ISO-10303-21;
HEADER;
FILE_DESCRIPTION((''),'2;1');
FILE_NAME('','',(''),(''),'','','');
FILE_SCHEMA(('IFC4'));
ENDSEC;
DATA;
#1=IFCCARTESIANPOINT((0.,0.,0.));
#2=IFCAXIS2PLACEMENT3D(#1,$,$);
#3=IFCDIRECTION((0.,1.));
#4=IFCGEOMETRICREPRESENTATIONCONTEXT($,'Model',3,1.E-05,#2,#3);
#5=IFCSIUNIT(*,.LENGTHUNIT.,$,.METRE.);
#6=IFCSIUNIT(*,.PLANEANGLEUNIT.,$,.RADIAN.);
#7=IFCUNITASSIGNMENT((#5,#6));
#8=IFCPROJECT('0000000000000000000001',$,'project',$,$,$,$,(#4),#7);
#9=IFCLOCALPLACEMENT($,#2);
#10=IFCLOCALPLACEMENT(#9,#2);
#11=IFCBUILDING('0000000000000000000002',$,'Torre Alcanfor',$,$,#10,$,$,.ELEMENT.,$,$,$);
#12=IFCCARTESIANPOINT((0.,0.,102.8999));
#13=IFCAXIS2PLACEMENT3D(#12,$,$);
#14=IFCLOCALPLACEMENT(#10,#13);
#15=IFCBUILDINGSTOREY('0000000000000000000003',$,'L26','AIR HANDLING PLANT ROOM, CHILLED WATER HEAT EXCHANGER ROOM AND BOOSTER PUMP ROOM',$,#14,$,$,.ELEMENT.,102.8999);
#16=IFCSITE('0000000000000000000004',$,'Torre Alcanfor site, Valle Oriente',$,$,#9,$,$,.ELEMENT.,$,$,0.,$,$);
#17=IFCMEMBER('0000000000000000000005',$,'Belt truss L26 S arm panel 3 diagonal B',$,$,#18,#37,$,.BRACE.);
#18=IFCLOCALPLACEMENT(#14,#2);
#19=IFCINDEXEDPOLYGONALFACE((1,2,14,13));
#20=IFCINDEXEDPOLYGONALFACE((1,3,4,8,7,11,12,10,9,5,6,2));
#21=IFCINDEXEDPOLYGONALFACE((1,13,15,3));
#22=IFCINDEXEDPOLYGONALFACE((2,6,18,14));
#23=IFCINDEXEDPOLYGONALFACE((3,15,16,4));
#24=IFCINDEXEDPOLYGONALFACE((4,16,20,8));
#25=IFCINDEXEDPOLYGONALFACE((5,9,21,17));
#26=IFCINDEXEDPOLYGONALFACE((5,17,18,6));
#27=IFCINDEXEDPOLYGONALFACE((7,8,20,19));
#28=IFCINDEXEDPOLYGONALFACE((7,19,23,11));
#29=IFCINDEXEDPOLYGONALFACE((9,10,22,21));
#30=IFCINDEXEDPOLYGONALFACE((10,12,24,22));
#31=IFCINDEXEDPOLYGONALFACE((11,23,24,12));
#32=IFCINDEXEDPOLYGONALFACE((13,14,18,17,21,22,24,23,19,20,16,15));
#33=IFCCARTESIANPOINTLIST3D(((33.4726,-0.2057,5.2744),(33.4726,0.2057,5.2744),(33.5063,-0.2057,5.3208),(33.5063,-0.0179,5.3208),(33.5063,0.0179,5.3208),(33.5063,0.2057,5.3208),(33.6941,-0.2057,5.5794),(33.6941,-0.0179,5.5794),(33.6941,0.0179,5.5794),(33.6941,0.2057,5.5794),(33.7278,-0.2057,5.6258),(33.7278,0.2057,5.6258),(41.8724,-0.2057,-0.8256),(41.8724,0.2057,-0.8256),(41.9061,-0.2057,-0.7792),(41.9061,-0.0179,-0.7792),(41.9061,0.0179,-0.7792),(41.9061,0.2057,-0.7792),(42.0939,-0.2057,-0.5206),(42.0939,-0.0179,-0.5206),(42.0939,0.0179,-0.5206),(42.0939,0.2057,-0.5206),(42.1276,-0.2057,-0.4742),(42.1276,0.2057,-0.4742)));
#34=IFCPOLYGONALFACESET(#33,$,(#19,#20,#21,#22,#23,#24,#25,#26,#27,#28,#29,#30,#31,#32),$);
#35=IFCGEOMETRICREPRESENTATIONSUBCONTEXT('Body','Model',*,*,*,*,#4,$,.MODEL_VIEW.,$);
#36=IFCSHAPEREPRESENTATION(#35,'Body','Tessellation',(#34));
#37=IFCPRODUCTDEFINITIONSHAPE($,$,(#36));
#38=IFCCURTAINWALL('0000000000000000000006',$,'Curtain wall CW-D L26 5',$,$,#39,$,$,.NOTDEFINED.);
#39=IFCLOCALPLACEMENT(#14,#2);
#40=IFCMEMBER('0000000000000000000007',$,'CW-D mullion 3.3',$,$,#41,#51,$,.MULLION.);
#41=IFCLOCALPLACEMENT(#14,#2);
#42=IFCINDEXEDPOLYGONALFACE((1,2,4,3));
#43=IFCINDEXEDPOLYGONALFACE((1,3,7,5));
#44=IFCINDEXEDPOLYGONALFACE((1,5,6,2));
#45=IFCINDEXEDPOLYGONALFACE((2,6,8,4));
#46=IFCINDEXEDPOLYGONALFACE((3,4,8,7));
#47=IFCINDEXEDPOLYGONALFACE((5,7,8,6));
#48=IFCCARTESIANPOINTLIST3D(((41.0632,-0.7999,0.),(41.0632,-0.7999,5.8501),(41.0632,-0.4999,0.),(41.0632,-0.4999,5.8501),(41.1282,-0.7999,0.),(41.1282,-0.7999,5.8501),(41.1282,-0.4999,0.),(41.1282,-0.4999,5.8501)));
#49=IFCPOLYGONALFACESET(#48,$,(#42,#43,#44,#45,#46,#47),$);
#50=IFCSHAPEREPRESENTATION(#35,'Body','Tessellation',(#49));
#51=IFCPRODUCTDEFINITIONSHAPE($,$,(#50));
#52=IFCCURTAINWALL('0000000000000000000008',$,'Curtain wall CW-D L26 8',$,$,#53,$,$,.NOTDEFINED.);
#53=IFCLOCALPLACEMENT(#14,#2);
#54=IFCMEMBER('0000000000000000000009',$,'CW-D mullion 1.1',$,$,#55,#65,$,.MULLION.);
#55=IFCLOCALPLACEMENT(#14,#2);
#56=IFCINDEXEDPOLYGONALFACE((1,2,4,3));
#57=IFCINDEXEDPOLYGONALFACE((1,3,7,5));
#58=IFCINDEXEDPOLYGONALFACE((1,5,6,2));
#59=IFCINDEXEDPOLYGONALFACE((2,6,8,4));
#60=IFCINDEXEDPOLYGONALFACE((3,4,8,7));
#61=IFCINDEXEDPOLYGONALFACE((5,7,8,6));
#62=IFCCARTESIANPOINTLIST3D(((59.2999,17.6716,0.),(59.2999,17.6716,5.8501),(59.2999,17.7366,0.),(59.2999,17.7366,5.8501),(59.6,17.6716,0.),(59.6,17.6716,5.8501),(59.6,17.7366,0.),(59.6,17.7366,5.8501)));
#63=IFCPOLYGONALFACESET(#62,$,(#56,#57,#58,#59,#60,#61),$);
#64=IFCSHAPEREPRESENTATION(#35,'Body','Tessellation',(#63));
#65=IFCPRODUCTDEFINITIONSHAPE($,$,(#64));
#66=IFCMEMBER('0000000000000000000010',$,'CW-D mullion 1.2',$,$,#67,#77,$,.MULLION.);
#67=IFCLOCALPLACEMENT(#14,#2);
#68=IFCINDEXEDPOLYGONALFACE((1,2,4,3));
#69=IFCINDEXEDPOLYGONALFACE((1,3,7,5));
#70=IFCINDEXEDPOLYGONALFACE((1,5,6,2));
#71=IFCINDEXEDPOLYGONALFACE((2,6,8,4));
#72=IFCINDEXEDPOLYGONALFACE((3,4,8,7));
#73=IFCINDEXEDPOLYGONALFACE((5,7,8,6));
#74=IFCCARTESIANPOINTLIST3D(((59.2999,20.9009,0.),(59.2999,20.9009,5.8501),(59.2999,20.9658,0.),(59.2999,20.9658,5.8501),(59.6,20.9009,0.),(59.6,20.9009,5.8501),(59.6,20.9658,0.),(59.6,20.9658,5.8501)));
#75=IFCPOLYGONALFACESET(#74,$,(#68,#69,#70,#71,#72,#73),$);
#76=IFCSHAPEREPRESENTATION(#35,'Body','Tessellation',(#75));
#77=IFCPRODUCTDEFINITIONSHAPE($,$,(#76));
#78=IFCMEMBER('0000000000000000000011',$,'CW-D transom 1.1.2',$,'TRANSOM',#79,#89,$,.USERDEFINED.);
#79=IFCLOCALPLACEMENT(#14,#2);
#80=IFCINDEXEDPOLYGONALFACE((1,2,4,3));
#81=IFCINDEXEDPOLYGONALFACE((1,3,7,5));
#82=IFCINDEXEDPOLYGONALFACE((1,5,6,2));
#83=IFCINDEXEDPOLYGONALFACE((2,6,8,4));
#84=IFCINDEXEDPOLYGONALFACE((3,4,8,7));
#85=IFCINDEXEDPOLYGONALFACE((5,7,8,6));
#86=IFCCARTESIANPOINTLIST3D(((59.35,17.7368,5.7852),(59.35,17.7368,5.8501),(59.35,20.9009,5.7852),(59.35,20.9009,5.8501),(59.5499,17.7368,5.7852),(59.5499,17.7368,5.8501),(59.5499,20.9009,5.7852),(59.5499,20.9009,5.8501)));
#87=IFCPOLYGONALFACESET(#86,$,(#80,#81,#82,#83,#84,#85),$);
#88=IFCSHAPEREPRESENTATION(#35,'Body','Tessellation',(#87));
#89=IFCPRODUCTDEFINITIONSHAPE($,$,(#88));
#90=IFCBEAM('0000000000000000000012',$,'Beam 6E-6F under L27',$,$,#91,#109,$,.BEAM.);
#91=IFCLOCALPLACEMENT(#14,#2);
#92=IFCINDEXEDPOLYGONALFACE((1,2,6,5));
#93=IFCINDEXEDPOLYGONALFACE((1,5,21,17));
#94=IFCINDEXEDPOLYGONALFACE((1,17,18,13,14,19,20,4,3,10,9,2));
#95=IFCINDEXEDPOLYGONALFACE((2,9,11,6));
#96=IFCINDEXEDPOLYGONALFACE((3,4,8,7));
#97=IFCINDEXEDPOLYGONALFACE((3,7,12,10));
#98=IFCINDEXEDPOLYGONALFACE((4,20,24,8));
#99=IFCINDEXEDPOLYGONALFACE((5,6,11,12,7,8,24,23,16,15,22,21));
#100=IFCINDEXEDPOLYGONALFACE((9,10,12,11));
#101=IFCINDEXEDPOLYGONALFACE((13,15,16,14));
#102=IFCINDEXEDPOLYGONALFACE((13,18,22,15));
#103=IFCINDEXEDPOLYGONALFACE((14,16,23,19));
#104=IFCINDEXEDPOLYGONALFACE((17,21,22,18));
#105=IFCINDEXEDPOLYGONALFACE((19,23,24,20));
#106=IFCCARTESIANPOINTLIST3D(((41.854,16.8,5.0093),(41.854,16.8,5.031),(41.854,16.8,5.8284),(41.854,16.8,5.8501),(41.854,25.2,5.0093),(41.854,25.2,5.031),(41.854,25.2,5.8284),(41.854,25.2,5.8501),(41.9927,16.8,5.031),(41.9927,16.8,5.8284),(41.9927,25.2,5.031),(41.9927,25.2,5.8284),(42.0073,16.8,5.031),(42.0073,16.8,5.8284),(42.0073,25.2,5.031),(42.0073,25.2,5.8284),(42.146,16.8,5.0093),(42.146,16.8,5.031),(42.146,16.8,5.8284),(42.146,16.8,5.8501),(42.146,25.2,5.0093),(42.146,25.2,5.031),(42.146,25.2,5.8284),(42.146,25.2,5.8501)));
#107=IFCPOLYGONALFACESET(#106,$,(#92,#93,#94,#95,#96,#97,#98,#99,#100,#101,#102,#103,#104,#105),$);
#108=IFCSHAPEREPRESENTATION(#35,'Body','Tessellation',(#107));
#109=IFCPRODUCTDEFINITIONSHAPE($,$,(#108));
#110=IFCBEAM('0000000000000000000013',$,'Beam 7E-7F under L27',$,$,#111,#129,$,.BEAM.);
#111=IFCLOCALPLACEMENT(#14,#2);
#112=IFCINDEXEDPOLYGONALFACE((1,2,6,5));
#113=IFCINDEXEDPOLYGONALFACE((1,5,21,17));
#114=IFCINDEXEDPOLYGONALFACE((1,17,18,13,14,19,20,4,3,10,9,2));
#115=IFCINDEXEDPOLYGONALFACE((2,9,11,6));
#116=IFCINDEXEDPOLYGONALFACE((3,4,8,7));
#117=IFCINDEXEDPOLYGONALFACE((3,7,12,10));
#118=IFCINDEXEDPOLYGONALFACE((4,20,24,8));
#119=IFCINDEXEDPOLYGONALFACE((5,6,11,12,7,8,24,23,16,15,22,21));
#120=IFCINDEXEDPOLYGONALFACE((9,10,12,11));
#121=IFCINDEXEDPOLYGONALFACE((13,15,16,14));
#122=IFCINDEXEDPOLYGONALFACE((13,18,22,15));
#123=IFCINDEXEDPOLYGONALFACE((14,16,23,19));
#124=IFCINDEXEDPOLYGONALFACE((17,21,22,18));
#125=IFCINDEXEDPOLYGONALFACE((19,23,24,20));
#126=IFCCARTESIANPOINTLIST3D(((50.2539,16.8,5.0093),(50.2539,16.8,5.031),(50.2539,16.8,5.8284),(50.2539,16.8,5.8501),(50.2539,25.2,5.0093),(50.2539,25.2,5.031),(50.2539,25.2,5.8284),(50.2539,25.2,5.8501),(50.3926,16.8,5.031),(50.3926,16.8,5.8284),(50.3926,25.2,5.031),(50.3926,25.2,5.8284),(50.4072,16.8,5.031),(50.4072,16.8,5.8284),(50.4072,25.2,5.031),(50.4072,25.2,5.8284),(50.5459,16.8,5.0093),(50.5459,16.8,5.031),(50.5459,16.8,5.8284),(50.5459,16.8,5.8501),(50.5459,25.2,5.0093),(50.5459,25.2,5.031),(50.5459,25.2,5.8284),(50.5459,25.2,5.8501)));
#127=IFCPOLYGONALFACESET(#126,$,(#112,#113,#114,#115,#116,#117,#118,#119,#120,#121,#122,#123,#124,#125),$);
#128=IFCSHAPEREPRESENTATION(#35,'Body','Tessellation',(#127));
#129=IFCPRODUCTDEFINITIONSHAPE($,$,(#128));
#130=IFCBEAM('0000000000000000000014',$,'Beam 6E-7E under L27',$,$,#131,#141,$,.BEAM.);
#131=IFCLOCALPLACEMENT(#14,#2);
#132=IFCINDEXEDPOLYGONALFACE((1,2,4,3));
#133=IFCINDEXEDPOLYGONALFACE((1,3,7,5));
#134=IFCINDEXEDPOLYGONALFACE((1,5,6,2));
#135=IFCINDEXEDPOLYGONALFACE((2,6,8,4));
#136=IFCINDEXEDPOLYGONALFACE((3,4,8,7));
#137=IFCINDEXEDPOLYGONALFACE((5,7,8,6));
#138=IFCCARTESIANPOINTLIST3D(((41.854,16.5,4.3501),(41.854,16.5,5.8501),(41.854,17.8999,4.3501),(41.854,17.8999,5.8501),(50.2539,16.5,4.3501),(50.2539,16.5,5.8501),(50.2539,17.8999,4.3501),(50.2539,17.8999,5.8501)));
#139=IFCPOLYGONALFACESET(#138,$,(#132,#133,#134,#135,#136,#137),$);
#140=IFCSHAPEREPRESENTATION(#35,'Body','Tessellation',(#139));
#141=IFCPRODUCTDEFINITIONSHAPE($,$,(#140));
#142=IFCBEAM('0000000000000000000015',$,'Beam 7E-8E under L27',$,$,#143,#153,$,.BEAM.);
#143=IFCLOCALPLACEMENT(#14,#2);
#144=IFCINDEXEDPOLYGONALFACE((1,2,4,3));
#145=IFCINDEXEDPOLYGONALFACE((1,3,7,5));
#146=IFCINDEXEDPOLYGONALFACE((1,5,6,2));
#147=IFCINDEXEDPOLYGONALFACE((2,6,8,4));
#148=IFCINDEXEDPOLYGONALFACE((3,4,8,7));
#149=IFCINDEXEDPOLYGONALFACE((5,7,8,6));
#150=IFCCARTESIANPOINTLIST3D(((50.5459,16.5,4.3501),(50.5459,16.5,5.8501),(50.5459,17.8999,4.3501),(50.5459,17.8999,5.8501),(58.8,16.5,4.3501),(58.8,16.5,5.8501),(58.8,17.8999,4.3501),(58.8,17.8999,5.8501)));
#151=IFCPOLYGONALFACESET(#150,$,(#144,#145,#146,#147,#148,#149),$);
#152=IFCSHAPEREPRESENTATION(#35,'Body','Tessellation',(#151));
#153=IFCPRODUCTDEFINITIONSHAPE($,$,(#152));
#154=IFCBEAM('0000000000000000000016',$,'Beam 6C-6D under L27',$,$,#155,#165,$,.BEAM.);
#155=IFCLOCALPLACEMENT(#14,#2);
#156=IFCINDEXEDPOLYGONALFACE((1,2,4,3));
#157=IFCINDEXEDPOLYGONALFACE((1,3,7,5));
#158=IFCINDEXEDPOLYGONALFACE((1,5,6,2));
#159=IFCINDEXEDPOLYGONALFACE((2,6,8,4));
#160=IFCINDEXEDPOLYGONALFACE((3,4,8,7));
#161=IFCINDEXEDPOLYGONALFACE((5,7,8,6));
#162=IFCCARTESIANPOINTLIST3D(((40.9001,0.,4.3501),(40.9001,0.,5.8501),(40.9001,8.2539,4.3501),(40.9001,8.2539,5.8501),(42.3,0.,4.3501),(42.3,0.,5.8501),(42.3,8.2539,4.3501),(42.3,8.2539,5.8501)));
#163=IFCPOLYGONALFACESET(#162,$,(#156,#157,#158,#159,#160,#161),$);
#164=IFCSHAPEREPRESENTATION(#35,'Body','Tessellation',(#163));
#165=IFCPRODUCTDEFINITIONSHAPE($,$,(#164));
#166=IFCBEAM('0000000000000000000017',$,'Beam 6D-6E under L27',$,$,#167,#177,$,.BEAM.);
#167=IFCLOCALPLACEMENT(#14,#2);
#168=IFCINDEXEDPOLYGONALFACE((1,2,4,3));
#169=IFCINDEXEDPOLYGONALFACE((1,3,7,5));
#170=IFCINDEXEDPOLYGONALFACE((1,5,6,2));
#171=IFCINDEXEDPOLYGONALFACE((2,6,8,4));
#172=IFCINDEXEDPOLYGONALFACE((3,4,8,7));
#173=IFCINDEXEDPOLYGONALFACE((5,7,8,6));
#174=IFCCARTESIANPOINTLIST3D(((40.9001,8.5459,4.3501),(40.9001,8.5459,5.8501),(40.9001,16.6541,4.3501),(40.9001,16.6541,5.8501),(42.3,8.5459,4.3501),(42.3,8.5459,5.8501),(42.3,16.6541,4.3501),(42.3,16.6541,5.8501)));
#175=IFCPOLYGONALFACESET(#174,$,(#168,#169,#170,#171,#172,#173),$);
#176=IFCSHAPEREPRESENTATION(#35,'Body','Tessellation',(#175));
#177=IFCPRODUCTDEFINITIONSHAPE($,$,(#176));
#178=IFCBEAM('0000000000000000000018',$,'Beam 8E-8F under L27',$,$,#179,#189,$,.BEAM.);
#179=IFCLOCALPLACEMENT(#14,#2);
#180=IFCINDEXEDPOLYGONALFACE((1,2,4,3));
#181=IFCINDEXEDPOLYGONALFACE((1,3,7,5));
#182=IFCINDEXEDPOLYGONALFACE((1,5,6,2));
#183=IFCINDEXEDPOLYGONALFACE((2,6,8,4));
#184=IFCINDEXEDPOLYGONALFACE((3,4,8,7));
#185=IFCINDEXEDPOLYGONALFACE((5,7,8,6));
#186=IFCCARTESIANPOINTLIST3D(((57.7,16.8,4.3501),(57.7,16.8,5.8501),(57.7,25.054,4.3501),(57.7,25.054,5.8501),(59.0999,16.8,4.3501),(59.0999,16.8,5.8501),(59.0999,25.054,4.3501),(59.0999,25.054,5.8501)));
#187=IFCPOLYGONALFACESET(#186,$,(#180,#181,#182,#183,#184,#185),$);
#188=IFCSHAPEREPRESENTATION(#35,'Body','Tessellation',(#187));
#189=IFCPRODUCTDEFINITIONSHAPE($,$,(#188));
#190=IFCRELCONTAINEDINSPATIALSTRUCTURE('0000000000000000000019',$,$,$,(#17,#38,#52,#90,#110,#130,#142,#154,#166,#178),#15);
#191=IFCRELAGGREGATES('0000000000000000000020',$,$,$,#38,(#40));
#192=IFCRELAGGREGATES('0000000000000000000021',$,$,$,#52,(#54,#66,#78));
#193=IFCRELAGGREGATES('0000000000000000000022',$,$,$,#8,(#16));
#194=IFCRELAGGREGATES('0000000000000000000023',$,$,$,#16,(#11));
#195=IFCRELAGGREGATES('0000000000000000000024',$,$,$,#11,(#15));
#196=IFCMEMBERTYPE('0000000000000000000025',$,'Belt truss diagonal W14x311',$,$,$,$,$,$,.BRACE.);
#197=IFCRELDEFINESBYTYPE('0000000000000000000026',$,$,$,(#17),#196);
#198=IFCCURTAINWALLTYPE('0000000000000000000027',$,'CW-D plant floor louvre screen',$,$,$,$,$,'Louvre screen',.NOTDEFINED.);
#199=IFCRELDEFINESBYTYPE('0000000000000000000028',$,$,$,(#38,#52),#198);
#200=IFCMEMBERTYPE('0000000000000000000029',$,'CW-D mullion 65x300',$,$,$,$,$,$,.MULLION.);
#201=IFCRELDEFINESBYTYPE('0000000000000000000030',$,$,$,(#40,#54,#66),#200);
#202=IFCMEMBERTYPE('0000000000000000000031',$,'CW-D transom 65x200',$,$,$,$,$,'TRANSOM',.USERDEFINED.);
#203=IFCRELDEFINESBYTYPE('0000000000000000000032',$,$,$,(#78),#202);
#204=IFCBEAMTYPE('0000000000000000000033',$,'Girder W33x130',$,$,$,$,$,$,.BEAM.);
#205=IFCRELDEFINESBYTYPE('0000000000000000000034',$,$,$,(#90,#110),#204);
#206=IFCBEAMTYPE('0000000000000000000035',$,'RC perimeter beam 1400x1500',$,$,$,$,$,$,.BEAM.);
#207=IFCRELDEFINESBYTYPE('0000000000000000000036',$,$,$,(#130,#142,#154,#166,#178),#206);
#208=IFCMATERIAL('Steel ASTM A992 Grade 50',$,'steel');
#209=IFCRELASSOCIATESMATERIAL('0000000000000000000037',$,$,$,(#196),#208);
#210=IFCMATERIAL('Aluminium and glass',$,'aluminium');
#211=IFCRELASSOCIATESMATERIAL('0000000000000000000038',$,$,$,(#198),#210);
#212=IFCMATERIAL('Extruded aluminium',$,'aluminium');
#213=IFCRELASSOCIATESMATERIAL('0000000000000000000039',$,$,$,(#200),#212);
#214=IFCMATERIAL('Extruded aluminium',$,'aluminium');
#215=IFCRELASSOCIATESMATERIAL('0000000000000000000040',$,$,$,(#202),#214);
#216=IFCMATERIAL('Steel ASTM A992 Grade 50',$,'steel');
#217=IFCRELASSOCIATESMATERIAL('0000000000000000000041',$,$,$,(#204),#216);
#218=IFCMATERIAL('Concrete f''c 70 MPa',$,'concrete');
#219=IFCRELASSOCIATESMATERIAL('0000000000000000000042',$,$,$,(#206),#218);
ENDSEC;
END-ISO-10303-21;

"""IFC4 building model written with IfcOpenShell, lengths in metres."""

from ifc_helpers import new_model, si_unit, direction, frame, origin, origin_2d, place, context, subcontext, project, spatial, rectangle, i_section, extrude, material, material_profile, profile_set, type_object, element, aggregate, save


model = new_model("IFC4")

# Units and contexts
model_context = context("Model", 3, precision=1e-05, world=origin(), true_north=direction((0.0, 1.0)))
body_context = subcontext(model_context, "Body", "Model", "MODEL_VIEW")
ifc_project = project(units=[si_unit("LENGTHUNIT", "METRE"), si_unit("PLANEANGLEUNIT", "RADIAN")], contexts=[model_context])

# Site, building, storey
site_placement = place(None, origin())
site = spatial("IfcSite", under=ifc_project, at=site_placement, Name="Torre Alcanfor site, Valle Oriente", CompositionType="ELEMENT", RefElevation=0.0)
building_placement = place(site_placement, origin())
building = spatial("IfcBuilding", under=site, at=building_placement, Name="Torre Alcanfor", CompositionType="ELEMENT")
storey_placement = place(building_placement, frame((0.0, 0.0, 102.8999)))
storey = spatial("IfcBuildingStorey", under=building, at=storey_placement, Name="L26", Description="AIR HANDLING PLANT ROOM, CHILLED WATER HEAT EXCHANGER ROOM AND BOOSTER PUMP ROOM", CompositionType="ELEMENT", Elevation=102.8999)

# Member
ifc_material_1 = material(Name="Steel ASTM A992 Grade 50", Category="steel")
ifc_material_profile_1 = material_profile(ifc_material_1, i_section(OverallWidth=0.4114, OverallDepth=0.4343, WebThickness=0.0359, FlangeThickness=0.0574, at=origin_2d()), Name="W14x311")
ifc_profile_set_1 = profile_set([ifc_material_profile_1], Name="Steel ASTM A992 Grade 50")
member_type_1 = type_object("IfcMemberType", Name="Belt truss diagonal W14x311", PredefinedType="BRACE", material=ifc_profile_set_1)
for number, where, z_axis, x_axis, name in (
    (1, (42.0, 0.0, -0.6499), (-0.809145, 0.0, 0.587609), (0.0, -1.0, 0.0), "Belt truss L26 S arm panel 3 diagonal B"),
):
    element("IfcMember", number, at=place(storey_placement, frame(where, z_axis=z_axis, x_axis=x_axis)), inside=storey, type_object=member_type_1, Name=name, PredefinedType="BRACE", context=body_context, shape_type="SweptSolid", body=[
        extrude(i_section(OverallWidth=0.4114, OverallDepth=0.4343, WebThickness=0.0359, FlangeThickness=0.0574, at=origin_2d()), origin(), (0.0, 0.0, 1.0), 10.3811),
    ])

# Curtain wall, member
ifc_material_2 = material(Name="Aluminium and glass", Category="aluminium")
curtain_wall_type = type_object("IfcCurtainWallType", Name="CW-D plant floor louvre screen", ElementType="Louvre screen", PredefinedType="NOTDEFINED", material=ifc_material_2)
curtain_wall_1_placement = place(storey_placement, origin())
curtain_wall_1 = element("IfcCurtainWall", 2, at=curtain_wall_1_placement, inside=storey, type_object=curtain_wall_type, Name="Curtain wall CW-D L26 5", PredefinedType="NOTDEFINED")
ifc_material_3 = material(Name="Extruded aluminium", Category="aluminium")
ifc_material_profile_2 = material_profile(ifc_material_3, rectangle(XDim=0.3, YDim=0.0649, at=origin_2d()), Name="CW-D mullion 65x300")
ifc_profile_set_2 = profile_set([ifc_material_profile_2], Name="Extruded aluminium")
member_type_2 = type_object("IfcMemberType", Name="CW-D mullion 65x300", PredefinedType="MULLION", material=ifc_profile_set_2)
member_1_placement = place(storey_placement, frame((41.0957, -0.6499, 0.0), z_axis=(0.0, 0.0, 1.0), x_axis=(0.0, 1.0, 0.0)))
member_1 = element("IfcMember", 3, at=member_1_placement, type_object=member_type_2, Name="CW-D mullion 3.3", PredefinedType="MULLION", context=body_context, shape_type="SweptSolid", body=[
    extrude(rectangle(XDim=0.3, YDim=0.0649, at=origin_2d()), origin(), (0.0, 0.0, 1.0), 5.8501),
])
aggregate(curtain_wall_1, [member_1])

# Curtain wall, members
curtain_wall_2_placement = place(storey_placement, origin())
curtain_wall_2 = element("IfcCurtainWall", 4, at=curtain_wall_2_placement, inside=storey, type_object=curtain_wall_type, Name="Curtain wall CW-D L26 8", PredefinedType="NOTDEFINED")
member_2_placement = place(storey_placement, frame((59.45, 17.7041, 0.0), z_axis=(0.0, 0.0, 1.0), x_axis=(-1.0, 0.0, 0.0)))
member_2 = element("IfcMember", 5, at=member_2_placement, type_object=member_type_2, Name="CW-D mullion 1.1", PredefinedType="MULLION", context=body_context, shape_type="SweptSolid", body=[
    extrude(rectangle(XDim=0.3, YDim=0.0649, at=origin_2d()), origin(), (0.0, 0.0, 1.0), 5.8501),
])
member_3_placement = place(storey_placement, frame((59.45, 20.9333, 0.0), z_axis=(0.0, 0.0, 1.0), x_axis=(-1.0, 0.0, 0.0)))
member_3 = element("IfcMember", 6, at=member_3_placement, type_object=member_type_2, Name="CW-D mullion 1.2", PredefinedType="MULLION", context=body_context, shape_type="SweptSolid", body=[
    extrude(rectangle(XDim=0.3, YDim=0.0649, at=origin_2d()), origin(), (0.0, 0.0, 1.0), 5.8501),
])
ifc_material_4 = material(Name="Extruded aluminium", Category="aluminium")
ifc_material_profile_3 = material_profile(ifc_material_4, rectangle(XDim=0.2, YDim=0.0649, at=origin_2d()), Name="CW-D transom 200x65")
ifc_profile_set_3 = profile_set([ifc_material_profile_3], Name="Extruded aluminium")
member_type_3 = type_object("IfcMemberType", Name="CW-D transom 65x200", ElementType="TRANSOM", PredefinedType="USERDEFINED", material=ifc_profile_set_3)
member_4_placement = place(storey_placement, frame((59.45, 17.7368, 5.8176), z_axis=(0.0, 1.0, 0.0), x_axis=(-1.0, 0.0, 0.0)))
member_4 = element("IfcMember", 7, at=member_4_placement, type_object=member_type_3, Name="CW-D transom 1.1.2", ObjectType="TRANSOM", PredefinedType="USERDEFINED", context=body_context, shape_type="SweptSolid", body=[
    extrude(rectangle(XDim=0.2, YDim=0.0649, at=origin_2d()), origin(), (0.0, 0.0, 1.0), 3.1641),
])

# Beams
ifc_material_5 = material(Name="Steel ASTM A992 Grade 50", Category="steel")
ifc_material_profile_4 = material_profile(ifc_material_5, i_section(OverallWidth=0.292, OverallDepth=0.8408, WebThickness=0.0146, FlangeThickness=0.0217, at=origin_2d()), Name="W33x130")
ifc_profile_set_4 = profile_set([ifc_material_profile_4], Name="Steel ASTM A992 Grade 50")
beam_type_1 = type_object("IfcBeamType", Name="Girder W33x130", PredefinedType="BEAM", material=ifc_profile_set_4)
for number, where, z_axis, x_axis, name in (
    (8, (42.0, 16.8, 5.4297), (0.0, 1.0, 0.0), (-1.0, 0.0, 0.0), "Beam 6E-6F under L27"),
    (9, (50.3999, 16.8, 5.4297), (0.0, 1.0, 0.0), (-1.0, 0.0, 0.0), "Beam 7E-7F under L27"),
):
    element("IfcBeam", number, at=place(storey_placement, frame(where, z_axis=z_axis, x_axis=x_axis)), inside=storey, type_object=beam_type_1, Name=name, PredefinedType="BEAM", context=body_context, shape_type="SweptSolid", body=[
        extrude(i_section(OverallWidth=0.292, OverallDepth=0.8408, WebThickness=0.0146, FlangeThickness=0.0217, at=origin_2d()), origin(), (0.0, 0.0, 1.0), 8.3999),
    ])
ifc_material_6 = material(Name="Concrete f'c 70 MPa", Category="concrete")
ifc_material_profile_5 = material_profile(ifc_material_6, rectangle(XDim=1.3999, YDim=1.5, at=origin_2d()), Name="1400x1500")
ifc_profile_set_5 = profile_set([ifc_material_profile_5], Name="Concrete f'c 70 MPa")
beam_type_2 = type_object("IfcBeamType", Name="RC perimeter beam 1400x1500", PredefinedType="BEAM", material=ifc_profile_set_5)
beam_1_placement = place(storey_placement, frame((41.854, 17.2, 5.1001), z_axis=(1.0, 0.0, 0.0), x_axis=(0.0, 1.0, 0.0)))
element("IfcBeam", 10, at=beam_1_placement, inside=storey, type_object=beam_type_2, Name="Beam 6E-7E under L27", PredefinedType="BEAM", context=body_context, shape_type="SweptSolid", body=[
    extrude(rectangle(XDim=1.3999, YDim=1.5, at=origin_2d()), origin(), (0.0, 0.0, 1.0), 8.3999),
])
beam_2_placement = place(storey_placement, frame((50.5459, 17.2, 5.1001), z_axis=(1.0, 0.0, 0.0), x_axis=(0.0, 1.0, 0.0)))
element("IfcBeam", 11, at=beam_2_placement, inside=storey, type_object=beam_type_2, Name="Beam 7E-8E under L27", PredefinedType="BEAM", context=body_context, shape_type="SweptSolid", body=[
    extrude(rectangle(XDim=1.3999, YDim=1.5, at=origin_2d()), origin(), (0.0, 0.0, 1.0), 8.2542),
])
beam_3_placement = place(storey_placement, frame((41.6001, 0.0, 5.1001), z_axis=(0.0, 1.0, 0.0), x_axis=(-1.0, 0.0, 0.0)))
element("IfcBeam", 12, at=beam_3_placement, inside=storey, type_object=beam_type_2, Name="Beam 6C-6D under L27", PredefinedType="BEAM", context=body_context, shape_type="SweptSolid", body=[
    extrude(rectangle(XDim=1.3999, YDim=1.5, at=origin_2d()), origin(), (0.0, 0.0, 1.0), 8.2539),
])
beam_4_placement = place(storey_placement, frame((41.6001, 8.5459, 5.1001), z_axis=(0.0, 1.0, 0.0), x_axis=(-1.0, 0.0, 0.0)))
element("IfcBeam", 13, at=beam_4_placement, inside=storey, type_object=beam_type_2, Name="Beam 6D-6E under L27", PredefinedType="BEAM", context=body_context, shape_type="SweptSolid", body=[
    extrude(rectangle(XDim=1.3999, YDim=1.5, at=origin_2d()), origin(), (0.0, 0.0, 1.0), 8.1082),
])
beam_5_placement = place(storey_placement, frame((58.3999, 16.8, 5.1001), z_axis=(0.0, 1.0, 0.0), x_axis=(-1.0, 0.0, 0.0)))
element("IfcBeam", 14, at=beam_5_placement, inside=storey, type_object=beam_type_2, Name="Beam 8E-8F under L27", PredefinedType="BEAM", context=body_context, shape_type="SweptSolid", body=[
    extrude(rectangle(XDim=1.3999, YDim=1.5, at=origin_2d()), origin(), (0.0, 0.0, 1.0), 8.2539),
])

aggregate(curtain_wall_2, [member_2, member_3, member_4])

save(model, "model.ifc")
